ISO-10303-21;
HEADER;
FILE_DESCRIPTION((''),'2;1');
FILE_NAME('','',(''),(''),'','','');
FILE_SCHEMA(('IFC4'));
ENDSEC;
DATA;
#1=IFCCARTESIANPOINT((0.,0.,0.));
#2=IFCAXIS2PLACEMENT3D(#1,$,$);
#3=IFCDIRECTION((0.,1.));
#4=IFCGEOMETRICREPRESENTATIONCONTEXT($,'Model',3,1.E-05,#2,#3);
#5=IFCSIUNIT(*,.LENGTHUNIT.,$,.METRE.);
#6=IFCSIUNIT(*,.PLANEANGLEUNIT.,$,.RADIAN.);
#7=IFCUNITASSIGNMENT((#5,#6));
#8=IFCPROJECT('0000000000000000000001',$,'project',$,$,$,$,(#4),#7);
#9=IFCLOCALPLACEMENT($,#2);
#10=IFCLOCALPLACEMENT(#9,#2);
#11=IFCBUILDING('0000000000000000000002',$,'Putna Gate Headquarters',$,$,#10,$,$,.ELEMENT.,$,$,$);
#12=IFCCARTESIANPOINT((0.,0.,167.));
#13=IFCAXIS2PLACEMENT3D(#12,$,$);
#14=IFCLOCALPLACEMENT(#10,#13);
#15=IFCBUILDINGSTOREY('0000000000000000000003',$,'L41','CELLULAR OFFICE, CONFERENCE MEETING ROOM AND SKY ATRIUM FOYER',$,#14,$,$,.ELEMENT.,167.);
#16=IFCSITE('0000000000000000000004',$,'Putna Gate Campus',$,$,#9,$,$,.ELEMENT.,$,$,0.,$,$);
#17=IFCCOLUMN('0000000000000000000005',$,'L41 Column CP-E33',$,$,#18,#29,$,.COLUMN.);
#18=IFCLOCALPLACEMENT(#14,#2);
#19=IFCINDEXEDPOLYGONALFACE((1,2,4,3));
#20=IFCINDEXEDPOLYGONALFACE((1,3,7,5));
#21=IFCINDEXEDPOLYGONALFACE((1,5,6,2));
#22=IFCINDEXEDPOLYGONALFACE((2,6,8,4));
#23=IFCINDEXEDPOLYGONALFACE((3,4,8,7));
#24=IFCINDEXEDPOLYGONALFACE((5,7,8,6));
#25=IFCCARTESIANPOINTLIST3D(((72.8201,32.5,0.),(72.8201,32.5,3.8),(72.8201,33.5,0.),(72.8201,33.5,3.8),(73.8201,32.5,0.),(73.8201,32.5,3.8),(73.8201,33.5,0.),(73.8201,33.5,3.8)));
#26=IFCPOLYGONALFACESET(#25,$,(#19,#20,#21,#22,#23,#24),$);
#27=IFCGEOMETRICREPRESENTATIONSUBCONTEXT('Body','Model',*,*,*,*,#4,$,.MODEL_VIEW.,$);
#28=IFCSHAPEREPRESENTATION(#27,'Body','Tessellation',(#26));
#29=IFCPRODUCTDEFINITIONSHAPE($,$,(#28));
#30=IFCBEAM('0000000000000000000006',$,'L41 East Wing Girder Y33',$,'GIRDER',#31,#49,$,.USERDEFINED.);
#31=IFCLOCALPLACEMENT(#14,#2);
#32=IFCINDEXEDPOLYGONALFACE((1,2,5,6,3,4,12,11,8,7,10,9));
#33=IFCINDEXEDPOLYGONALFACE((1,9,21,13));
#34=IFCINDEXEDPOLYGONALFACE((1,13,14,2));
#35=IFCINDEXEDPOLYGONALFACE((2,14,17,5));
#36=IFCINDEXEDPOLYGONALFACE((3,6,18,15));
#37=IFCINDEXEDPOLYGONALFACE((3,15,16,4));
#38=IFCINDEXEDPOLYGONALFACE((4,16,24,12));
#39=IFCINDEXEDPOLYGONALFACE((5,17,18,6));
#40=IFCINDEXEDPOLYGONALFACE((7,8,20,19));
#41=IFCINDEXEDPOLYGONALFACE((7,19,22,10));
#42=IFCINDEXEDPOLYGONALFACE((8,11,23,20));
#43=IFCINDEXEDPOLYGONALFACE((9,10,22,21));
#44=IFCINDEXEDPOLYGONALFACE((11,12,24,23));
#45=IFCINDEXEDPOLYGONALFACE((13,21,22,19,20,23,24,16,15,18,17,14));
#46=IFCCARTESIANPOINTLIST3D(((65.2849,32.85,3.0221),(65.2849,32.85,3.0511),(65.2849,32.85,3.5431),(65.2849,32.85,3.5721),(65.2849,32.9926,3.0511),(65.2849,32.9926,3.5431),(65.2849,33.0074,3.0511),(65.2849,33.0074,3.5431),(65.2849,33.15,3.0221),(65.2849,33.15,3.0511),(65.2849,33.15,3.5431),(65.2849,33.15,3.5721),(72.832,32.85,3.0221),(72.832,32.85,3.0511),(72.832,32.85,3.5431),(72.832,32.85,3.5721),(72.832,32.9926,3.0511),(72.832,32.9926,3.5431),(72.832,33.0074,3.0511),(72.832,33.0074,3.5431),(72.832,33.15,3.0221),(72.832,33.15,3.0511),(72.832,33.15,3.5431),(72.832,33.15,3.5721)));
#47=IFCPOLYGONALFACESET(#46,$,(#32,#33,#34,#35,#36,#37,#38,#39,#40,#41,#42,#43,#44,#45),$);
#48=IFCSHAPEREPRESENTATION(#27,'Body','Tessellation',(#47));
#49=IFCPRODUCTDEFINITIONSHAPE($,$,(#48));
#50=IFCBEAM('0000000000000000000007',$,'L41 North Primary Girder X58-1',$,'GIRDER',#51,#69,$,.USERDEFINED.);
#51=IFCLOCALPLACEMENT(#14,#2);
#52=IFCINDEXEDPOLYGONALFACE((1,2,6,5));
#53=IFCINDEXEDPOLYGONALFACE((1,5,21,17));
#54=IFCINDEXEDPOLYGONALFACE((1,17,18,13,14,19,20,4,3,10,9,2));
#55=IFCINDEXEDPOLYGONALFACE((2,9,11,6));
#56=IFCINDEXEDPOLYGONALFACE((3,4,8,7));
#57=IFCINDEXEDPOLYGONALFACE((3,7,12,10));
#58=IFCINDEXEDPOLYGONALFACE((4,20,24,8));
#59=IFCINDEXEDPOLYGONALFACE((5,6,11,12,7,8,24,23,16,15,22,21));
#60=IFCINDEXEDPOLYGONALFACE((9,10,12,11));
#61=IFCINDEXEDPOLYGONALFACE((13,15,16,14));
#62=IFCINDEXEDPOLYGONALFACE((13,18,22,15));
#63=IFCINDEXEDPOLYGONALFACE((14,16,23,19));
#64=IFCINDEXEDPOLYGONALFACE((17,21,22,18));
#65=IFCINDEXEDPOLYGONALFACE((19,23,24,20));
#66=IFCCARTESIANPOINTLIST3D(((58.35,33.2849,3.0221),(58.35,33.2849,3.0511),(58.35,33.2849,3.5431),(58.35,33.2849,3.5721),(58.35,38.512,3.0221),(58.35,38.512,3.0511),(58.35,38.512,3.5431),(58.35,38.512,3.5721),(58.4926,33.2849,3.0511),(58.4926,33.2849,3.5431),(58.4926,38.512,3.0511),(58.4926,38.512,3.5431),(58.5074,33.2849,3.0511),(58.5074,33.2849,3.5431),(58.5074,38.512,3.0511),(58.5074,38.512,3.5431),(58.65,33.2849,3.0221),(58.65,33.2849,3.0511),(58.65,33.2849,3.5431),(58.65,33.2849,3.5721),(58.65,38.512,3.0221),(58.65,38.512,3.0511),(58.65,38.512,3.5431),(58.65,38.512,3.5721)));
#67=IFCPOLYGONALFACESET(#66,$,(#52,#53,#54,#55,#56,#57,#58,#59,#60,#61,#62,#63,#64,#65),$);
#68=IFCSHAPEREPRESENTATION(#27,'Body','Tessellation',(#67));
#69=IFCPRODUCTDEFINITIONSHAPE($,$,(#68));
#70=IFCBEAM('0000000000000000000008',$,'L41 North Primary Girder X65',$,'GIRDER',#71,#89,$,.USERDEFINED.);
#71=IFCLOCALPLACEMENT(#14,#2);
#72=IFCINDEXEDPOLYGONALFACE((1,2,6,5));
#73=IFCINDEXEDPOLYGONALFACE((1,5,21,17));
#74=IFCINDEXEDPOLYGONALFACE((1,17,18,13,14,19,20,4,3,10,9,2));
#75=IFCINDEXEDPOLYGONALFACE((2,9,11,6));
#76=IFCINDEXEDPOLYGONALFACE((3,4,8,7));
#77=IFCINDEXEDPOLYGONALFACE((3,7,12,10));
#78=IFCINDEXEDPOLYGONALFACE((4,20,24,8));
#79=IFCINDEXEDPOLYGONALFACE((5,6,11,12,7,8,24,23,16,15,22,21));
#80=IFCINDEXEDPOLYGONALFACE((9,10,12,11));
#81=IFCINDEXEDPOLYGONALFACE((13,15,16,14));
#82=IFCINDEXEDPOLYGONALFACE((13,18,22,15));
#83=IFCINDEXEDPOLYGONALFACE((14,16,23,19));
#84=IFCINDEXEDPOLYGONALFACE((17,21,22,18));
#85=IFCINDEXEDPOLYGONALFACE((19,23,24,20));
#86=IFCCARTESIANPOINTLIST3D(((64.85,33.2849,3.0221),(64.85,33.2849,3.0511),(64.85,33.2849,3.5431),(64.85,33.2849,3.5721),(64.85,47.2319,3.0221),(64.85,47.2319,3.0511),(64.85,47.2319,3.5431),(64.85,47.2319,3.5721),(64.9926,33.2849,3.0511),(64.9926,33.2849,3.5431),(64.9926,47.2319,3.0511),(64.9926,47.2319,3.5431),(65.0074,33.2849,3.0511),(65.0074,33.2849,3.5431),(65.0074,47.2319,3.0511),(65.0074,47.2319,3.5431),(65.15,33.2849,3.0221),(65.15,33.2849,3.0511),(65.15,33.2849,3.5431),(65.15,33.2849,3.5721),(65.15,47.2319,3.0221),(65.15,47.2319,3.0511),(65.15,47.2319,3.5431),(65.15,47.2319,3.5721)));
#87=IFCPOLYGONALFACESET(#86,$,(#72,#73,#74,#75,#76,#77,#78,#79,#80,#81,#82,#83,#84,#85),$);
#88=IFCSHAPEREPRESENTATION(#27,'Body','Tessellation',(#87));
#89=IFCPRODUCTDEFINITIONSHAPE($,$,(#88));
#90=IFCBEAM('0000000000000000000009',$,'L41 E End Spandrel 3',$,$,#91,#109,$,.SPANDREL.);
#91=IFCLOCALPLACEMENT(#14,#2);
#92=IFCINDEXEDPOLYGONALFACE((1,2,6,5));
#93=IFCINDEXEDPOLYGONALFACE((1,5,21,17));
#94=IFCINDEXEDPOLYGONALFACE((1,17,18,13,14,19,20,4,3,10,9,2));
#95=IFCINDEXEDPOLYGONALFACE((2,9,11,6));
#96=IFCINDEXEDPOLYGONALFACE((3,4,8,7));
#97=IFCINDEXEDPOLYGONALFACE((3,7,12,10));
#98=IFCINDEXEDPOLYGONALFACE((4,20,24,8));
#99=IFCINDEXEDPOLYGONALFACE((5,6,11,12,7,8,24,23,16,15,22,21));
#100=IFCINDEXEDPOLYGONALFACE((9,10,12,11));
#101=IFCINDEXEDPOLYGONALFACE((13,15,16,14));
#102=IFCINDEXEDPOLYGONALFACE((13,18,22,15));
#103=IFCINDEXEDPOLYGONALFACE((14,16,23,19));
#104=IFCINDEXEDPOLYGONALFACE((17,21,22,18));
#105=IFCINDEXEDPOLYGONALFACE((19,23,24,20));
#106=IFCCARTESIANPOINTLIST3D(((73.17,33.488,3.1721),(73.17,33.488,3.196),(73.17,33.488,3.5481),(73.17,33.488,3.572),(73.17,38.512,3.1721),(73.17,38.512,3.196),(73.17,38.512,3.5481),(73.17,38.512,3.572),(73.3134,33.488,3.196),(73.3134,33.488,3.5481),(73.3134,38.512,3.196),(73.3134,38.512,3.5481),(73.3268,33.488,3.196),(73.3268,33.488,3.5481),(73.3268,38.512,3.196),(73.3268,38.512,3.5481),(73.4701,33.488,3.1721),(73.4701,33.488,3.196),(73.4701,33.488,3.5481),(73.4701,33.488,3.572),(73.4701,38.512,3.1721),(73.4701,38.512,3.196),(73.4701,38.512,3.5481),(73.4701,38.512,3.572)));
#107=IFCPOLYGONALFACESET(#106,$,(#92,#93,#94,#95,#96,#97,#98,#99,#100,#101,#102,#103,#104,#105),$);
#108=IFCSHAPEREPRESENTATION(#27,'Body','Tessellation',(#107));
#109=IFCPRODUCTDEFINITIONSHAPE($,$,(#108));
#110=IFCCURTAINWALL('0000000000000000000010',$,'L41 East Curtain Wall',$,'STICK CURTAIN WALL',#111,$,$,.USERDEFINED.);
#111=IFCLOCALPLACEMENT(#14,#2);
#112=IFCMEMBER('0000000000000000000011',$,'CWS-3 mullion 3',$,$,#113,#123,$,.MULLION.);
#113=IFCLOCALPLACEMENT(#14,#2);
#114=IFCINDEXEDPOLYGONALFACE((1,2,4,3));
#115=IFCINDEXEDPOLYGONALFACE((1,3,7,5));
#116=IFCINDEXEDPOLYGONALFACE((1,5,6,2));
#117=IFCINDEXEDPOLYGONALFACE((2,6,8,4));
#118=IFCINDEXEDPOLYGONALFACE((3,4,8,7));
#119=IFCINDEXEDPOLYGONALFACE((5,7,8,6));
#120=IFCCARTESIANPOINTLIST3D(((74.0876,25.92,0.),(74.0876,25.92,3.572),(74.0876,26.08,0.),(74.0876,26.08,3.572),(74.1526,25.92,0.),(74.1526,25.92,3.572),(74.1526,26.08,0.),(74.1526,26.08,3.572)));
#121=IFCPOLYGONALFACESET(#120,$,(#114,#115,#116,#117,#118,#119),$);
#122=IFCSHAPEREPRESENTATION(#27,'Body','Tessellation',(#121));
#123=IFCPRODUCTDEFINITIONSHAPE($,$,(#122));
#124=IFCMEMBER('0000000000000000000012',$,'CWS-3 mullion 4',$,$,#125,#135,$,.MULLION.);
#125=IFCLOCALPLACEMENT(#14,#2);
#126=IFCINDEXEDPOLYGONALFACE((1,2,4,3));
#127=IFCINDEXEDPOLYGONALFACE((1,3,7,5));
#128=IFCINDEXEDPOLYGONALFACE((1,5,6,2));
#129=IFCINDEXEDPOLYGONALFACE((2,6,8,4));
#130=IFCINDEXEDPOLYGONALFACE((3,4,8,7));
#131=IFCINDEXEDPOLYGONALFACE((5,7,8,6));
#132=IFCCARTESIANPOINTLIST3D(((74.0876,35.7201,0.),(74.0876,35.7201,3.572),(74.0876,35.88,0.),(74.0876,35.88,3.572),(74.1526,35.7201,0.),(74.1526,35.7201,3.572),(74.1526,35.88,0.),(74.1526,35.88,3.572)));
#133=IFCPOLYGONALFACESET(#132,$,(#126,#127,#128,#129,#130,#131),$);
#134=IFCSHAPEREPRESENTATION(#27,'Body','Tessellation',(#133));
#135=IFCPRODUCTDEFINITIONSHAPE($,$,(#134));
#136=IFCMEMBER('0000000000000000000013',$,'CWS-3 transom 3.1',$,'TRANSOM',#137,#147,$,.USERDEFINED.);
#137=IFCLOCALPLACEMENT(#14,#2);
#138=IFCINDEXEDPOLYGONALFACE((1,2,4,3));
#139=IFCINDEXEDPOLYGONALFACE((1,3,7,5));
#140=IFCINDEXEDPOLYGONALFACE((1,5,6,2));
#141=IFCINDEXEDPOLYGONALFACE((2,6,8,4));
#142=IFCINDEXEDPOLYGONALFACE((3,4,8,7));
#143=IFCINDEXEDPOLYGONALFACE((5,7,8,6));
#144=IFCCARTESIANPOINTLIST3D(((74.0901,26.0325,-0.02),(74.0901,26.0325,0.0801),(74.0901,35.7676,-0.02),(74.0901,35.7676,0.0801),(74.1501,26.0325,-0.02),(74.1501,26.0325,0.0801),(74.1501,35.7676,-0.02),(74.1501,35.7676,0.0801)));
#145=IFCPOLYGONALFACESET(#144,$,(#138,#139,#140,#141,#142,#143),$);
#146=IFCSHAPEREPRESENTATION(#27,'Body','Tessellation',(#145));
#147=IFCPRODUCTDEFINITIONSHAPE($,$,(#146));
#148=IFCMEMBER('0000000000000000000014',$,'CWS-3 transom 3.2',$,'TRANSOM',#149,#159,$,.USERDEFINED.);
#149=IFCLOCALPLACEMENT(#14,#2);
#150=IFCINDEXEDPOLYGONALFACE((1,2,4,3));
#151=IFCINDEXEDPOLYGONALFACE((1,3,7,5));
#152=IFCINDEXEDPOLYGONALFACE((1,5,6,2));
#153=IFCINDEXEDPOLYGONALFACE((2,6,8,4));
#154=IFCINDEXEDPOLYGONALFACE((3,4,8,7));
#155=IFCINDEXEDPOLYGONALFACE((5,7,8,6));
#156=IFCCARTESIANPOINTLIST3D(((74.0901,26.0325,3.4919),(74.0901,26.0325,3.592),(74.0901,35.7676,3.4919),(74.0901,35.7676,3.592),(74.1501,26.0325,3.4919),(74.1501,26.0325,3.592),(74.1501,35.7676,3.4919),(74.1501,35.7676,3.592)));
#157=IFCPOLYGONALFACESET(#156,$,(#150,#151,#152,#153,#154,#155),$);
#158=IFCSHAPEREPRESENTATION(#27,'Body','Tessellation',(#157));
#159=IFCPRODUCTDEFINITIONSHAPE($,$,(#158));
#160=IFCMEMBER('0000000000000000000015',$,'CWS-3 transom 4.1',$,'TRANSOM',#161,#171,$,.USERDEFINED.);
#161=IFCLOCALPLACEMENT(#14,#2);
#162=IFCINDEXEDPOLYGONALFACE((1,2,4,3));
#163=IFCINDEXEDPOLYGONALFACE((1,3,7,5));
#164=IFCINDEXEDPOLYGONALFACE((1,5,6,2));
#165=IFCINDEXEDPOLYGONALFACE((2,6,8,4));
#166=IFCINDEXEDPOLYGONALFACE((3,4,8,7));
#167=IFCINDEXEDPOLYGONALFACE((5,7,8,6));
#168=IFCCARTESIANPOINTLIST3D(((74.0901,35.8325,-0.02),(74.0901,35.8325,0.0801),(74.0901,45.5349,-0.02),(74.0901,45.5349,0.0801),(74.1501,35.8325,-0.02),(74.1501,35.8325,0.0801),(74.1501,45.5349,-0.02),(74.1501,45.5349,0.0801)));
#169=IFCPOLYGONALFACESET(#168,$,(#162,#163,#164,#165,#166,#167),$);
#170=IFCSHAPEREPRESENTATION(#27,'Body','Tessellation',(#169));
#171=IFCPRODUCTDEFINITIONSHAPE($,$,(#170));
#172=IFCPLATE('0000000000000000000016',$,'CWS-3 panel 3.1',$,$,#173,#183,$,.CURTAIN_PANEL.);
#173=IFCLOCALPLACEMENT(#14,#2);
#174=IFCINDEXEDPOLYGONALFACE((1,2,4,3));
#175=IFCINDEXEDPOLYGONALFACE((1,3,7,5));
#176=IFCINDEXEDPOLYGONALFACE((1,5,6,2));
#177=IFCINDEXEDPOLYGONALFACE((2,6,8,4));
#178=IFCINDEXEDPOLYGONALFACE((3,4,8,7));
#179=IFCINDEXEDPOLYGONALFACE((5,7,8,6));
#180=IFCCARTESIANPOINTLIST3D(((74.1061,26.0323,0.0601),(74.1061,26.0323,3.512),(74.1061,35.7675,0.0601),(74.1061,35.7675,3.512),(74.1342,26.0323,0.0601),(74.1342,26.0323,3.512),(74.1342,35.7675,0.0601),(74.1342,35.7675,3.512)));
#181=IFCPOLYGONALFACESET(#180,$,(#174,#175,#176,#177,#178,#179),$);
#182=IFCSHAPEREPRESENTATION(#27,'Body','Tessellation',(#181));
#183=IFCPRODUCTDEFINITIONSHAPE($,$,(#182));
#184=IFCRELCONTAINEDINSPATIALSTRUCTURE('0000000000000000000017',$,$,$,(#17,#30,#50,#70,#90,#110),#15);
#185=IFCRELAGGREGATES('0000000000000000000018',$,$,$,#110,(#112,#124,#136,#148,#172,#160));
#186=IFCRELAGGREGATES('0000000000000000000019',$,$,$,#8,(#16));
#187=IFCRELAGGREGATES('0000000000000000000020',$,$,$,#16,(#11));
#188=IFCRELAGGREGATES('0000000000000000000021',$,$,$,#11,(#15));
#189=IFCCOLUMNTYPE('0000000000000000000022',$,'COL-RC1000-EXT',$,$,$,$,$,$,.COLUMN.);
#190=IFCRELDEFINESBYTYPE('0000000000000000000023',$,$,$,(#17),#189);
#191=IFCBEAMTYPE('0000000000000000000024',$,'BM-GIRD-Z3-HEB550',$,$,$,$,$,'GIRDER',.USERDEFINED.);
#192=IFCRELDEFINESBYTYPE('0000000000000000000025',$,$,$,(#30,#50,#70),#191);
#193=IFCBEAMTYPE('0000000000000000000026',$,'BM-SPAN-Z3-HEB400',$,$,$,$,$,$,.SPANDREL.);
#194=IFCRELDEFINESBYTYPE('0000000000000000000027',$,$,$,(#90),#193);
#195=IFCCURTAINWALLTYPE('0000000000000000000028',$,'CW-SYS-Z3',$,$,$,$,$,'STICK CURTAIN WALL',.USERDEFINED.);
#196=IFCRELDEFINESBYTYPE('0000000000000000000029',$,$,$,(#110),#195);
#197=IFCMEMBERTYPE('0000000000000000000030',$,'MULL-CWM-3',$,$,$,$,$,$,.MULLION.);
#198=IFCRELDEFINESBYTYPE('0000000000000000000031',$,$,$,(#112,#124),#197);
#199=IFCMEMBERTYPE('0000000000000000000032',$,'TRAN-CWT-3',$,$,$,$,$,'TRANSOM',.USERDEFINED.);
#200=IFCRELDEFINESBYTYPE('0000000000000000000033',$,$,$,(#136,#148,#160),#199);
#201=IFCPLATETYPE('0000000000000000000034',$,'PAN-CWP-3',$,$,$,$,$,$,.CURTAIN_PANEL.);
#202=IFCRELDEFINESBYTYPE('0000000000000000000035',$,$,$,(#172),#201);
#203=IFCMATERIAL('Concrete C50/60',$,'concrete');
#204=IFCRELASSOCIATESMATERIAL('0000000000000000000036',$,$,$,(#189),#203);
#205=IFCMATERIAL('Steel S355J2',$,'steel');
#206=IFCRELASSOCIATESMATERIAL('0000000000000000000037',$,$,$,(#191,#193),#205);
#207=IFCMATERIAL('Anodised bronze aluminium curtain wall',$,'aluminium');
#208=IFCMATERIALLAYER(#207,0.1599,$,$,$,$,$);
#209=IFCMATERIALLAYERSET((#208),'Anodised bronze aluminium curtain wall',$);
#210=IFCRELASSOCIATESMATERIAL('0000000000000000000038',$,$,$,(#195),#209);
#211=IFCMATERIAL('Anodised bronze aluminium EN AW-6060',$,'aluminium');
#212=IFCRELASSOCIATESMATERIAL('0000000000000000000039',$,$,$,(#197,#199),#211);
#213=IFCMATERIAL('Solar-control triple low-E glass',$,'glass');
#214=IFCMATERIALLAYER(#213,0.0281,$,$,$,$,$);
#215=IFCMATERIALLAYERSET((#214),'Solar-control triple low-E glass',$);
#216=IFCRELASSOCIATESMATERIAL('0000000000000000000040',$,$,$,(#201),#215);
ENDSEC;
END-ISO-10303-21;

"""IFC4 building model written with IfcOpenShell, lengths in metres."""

from ifc_helpers import new_model, si_unit, direction, frame, origin, origin_2d, place, context, subcontext, project, spatial, rectangle, i_section, extrude, material, layer, layer_set, material_profile, profile_set, type_object, element, aggregate, save


model = new_model("IFC4")

# Units and contexts
model_context = context("Model", 3, precision=1e-05, world=origin(), true_north=direction((0.0, 1.0)))
body_context = subcontext(model_context, "Body", "Model", "MODEL_VIEW")
ifc_project = project(units=[si_unit("LENGTHUNIT", "METRE"), si_unit("PLANEANGLEUNIT", "RADIAN")], contexts=[model_context])

# Site, building, storey
site_placement = place(None, origin())
site = spatial("IfcSite", under=ifc_project, at=site_placement, Name="Putna Gate Campus", CompositionType="ELEMENT", RefElevation=0.0)
building_placement = place(site_placement, origin())
building = spatial("IfcBuilding", under=site, at=building_placement, Name="Putna Gate Headquarters", CompositionType="ELEMENT")
storey_placement = place(building_placement, frame((0.0, 0.0, 167.0)))
storey = spatial("IfcBuildingStorey", under=building, at=storey_placement, Name="L41", Description="CELLULAR OFFICE, CONFERENCE MEETING ROOM AND SKY ATRIUM FOYER", CompositionType="ELEMENT", Elevation=167.0)

# Column
ifc_material_1 = material(Name="Concrete C50/60", Category="concrete")
ifc_material_profile_1 = material_profile(ifc_material_1, rectangle(XDim=1.0, YDim=1.0, at=origin_2d()), Name="Concrete C50/60")
ifc_profile_set_1 = profile_set([ifc_material_profile_1], Name="Concrete C50/60")
column_type = type_object("IfcColumnType", Name="COL-RC1000-EXT", PredefinedType="COLUMN", material=ifc_profile_set_1)
column_placement = place(storey_placement, frame((73.3201, 33.0, 0.0), z_axis=(0.0, 0.0, 1.0), x_axis=(1.0, 0.0, 0.0)))
element("IfcColumn", 1, at=column_placement, inside=storey, type_object=column_type, Name="L41 Column CP-E33", PredefinedType="COLUMN", context=body_context, shape_type="SweptSolid", body=[
    extrude(rectangle(XDim=1.0, YDim=1.0, at=origin_2d()), origin(), (0.0, 0.0, 1.0), 3.8),
])

# Beams
ifc_material_2 = material(Name="Steel S355J2", Category="steel")
ifc_material_profile_2 = material_profile(ifc_material_2, i_section(OverallWidth=0.3, OverallDepth=0.55, WebThickness=0.0149, FlangeThickness=0.0291, at=origin_2d()), Name="Steel S355J2")
ifc_profile_set_2 = profile_set([ifc_material_profile_2], Name="Steel S355J2")
beam_type_1 = type_object("IfcBeamType", Name="BM-GIRD-Z3-HEB550", ElementType="GIRDER", PredefinedType="USERDEFINED", material=ifc_profile_set_2)
beam_1_placement = place(storey_placement, frame((65.2849, 33.0, 3.2971), z_axis=(1.0, 0.0, 0.0), x_axis=(0.0, 1.0, 0.0)))
element("IfcBeam", 2, at=beam_1_placement, inside=storey, type_object=beam_type_1, Name="L41 East Wing Girder Y33", ObjectType="GIRDER", PredefinedType="USERDEFINED", context=body_context, shape_type="SweptSolid", body=[
    extrude(i_section(OverallWidth=0.3, OverallDepth=0.55, WebThickness=0.0149, FlangeThickness=0.0291, at=origin_2d()), origin(), (0.0, 0.0, 1.0), 7.5471),
])
beam_2_placement = place(storey_placement, frame((58.5, 33.2849, 3.2971), z_axis=(0.0, 1.0, 0.0), x_axis=(-1.0, 0.0, 0.0)))
element("IfcBeam", 3, at=beam_2_placement, inside=storey, type_object=beam_type_1, Name="L41 North Primary Girder X58-1", ObjectType="GIRDER", PredefinedType="USERDEFINED", context=body_context, shape_type="SweptSolid", body=[
    extrude(i_section(OverallWidth=0.3, OverallDepth=0.55, WebThickness=0.0149, FlangeThickness=0.0291, at=origin_2d()), origin(), (0.0, 0.0, 1.0), 5.2271),
])
beam_3_placement = place(storey_placement, frame((65.0, 33.2849, 3.2971), z_axis=(0.0, 1.0, 0.0), x_axis=(-1.0, 0.0, 0.0)))
element("IfcBeam", 4, at=beam_3_placement, inside=storey, type_object=beam_type_1, Name="L41 North Primary Girder X65", ObjectType="GIRDER", PredefinedType="USERDEFINED", context=body_context, shape_type="SweptSolid", body=[
    extrude(i_section(OverallWidth=0.3, OverallDepth=0.55, WebThickness=0.0149, FlangeThickness=0.0291, at=origin_2d()), origin(), (0.0, 0.0, 1.0), 13.947),
])
ifc_material_profile_3 = material_profile(ifc_material_2, i_section(OverallWidth=0.3, OverallDepth=0.3999, WebThickness=0.0134, FlangeThickness=0.0239, at=origin_2d()), Name="Steel S355J2")
ifc_profile_set_3 = profile_set([ifc_material_profile_3], Name="Steel S355J2")
beam_type_2 = type_object("IfcBeamType", Name="BM-SPAN-Z3-HEB400", PredefinedType="SPANDREL", material=ifc_profile_set_3)
beam_4_placement = place(storey_placement, frame((73.3201, 33.488, 3.3721), z_axis=(0.0, 1.0, 0.0), x_axis=(-1.0, 0.0, 0.0)))
element("IfcBeam", 5, at=beam_4_placement, inside=storey, type_object=beam_type_2, Name="L41 E End Spandrel 3", PredefinedType="SPANDREL", context=body_context, shape_type="SweptSolid", body=[
    extrude(i_section(OverallWidth=0.3, OverallDepth=0.3999, WebThickness=0.0134, FlangeThickness=0.0239, at=origin_2d()), origin(), (0.0, 0.0, 1.0), 5.0239),
])

# Curtain wall, members, plate
ifc_material_3 = material(Name="Anodised bronze aluminium curtain wall", Category="aluminium")
ifc_layer_1 = layer(ifc_material_3, 0.1599)
ifc_layer_set_1 = layer_set([ifc_layer_1], Name="Anodised bronze aluminium curtain wall")
curtain_wall_type = type_object("IfcCurtainWallType", Name="CW-SYS-Z3", ElementType="STICK CURTAIN WALL", PredefinedType="USERDEFINED", material=ifc_layer_set_1)
curtain_wall_placement = place(storey_placement, origin())
curtain_wall = element("IfcCurtainWall", 6, at=curtain_wall_placement, inside=storey, type_object=curtain_wall_type, Name="L41 East Curtain Wall", ObjectType="STICK CURTAIN WALL", PredefinedType="USERDEFINED")
ifc_material_4 = material(Name="Anodised bronze aluminium EN AW-6060", Category="aluminium")
ifc_material_profile_4 = material_profile(ifc_material_4, rectangle(XDim=0.0649, YDim=0.1599, at=origin_2d()), Name="Anodised bronze aluminium EN AW-6060")
ifc_profile_set_4 = profile_set([ifc_material_profile_4], Name="Anodised bronze aluminium EN AW-6060")
member_type_1 = type_object("IfcMemberType", Name="MULL-CWM-3", PredefinedType="MULLION", material=ifc_profile_set_4)
member_1_placement = place(storey_placement, frame((74.1201, 26.0, 0.0), z_axis=(0.0, 0.0, 1.0), x_axis=(-1.0, 0.0, 0.0)))
member_1 = element("IfcMember", 7, at=member_1_placement, type_object=member_type_1, Name="CWS-3 mullion 3", PredefinedType="MULLION", context=body_context, shape_type="SweptSolid", body=[
    extrude(rectangle(XDim=0.0649, YDim=0.1599, at=origin_2d()), origin(), (0.0, 0.0, 1.0), 3.572),
])
member_2_placement = place(storey_placement, frame((74.1201, 35.8, 0.0), z_axis=(0.0, 0.0, 1.0), x_axis=(-1.0, 0.0, 0.0)))
member_2 = element("IfcMember", 8, at=member_2_placement, type_object=member_type_1, Name="CWS-3 mullion 4", PredefinedType="MULLION", context=body_context, shape_type="SweptSolid", body=[
    extrude(rectangle(XDim=0.0649, YDim=0.1599, at=origin_2d()), origin(), (0.0, 0.0, 1.0), 3.572),
])
ifc_material_profile_5 = material_profile(ifc_material_4, rectangle(XDim=0.0601, YDim=0.1001, at=origin_2d()), Name="Anodised bronze aluminium EN AW-6060")
ifc_profile_set_5 = profile_set([ifc_material_profile_5], Name="Anodised bronze aluminium EN AW-6060")
member_type_2 = type_object("IfcMemberType", Name="TRAN-CWT-3", ElementType="TRANSOM", PredefinedType="USERDEFINED", material=ifc_profile_set_5)
member_3_placement = place(storey_placement, frame((74.1201, 26.0325, 0.03), z_axis=(0.0, 1.0, 0.0), x_axis=(-1.0, 0.0, 0.0)))
member_3 = element("IfcMember", 9, at=member_3_placement, type_object=member_type_2, Name="CWS-3 transom 3.1", ObjectType="TRANSOM", PredefinedType="USERDEFINED", context=body_context, shape_type="SweptSolid", body=[
    extrude(rectangle(XDim=0.0601, YDim=0.1001, at=origin_2d()), origin(), (0.0, 0.0, 1.0), 9.7351),
])
member_4_placement = place(storey_placement, frame((74.1201, 26.0325, 3.542), z_axis=(0.0, 1.0, 0.0), x_axis=(-1.0, 0.0, 0.0)))
member_4 = element("IfcMember", 10, at=member_4_placement, type_object=member_type_2, Name="CWS-3 transom 3.2", ObjectType="TRANSOM", PredefinedType="USERDEFINED", context=body_context, shape_type="SweptSolid", body=[
    extrude(rectangle(XDim=0.0601, YDim=0.1001, at=origin_2d()), origin(), (0.0, 0.0, 1.0), 9.7351),
])
member_5_placement = place(storey_placement, frame((74.1201, 35.8325, 0.03), z_axis=(0.0, 1.0, 0.0), x_axis=(-1.0, 0.0, 0.0)))
member_5 = element("IfcMember", 11, at=member_5_placement, type_object=member_type_2, Name="CWS-3 transom 4.1", ObjectType="TRANSOM", PredefinedType="USERDEFINED", context=body_context, shape_type="SweptSolid", body=[
    extrude(rectangle(XDim=0.0601, YDim=0.1001, at=origin_2d()), origin(), (0.0, 0.0, 1.0), 9.7024),
])
ifc_material_5 = material(Name="Solar-control triple low-E glass", Category="glass")
ifc_layer_2 = layer(ifc_material_5, 0.0281)
ifc_layer_set_2 = layer_set([ifc_layer_2], Name="Solar-control triple low-E glass")
plate_type = type_object("IfcPlateType", Name="PAN-CWP-3", PredefinedType="CURTAIN_PANEL", material=ifc_layer_set_2)
plate_placement = place(storey_placement, frame((74.1201, 30.8999, 0.0601), z_axis=(0.0, 0.0, 1.0), x_axis=(0.0, 1.0, 0.0)))
plate = element("IfcPlate", 12, at=plate_placement, type_object=plate_type, Name="CWS-3 panel 3.1", PredefinedType="CURTAIN_PANEL", context=body_context, shape_type="SweptSolid", body=[
    extrude(rectangle(XDim=9.7351, YDim=0.0281, at=origin_2d()), origin(), (0.0, 0.0, 1.0), 3.4519),
])
aggregate(curtain_wall, [member_1, member_2, member_3, member_4, plate, member_5])

save(model, "model.ifc")
